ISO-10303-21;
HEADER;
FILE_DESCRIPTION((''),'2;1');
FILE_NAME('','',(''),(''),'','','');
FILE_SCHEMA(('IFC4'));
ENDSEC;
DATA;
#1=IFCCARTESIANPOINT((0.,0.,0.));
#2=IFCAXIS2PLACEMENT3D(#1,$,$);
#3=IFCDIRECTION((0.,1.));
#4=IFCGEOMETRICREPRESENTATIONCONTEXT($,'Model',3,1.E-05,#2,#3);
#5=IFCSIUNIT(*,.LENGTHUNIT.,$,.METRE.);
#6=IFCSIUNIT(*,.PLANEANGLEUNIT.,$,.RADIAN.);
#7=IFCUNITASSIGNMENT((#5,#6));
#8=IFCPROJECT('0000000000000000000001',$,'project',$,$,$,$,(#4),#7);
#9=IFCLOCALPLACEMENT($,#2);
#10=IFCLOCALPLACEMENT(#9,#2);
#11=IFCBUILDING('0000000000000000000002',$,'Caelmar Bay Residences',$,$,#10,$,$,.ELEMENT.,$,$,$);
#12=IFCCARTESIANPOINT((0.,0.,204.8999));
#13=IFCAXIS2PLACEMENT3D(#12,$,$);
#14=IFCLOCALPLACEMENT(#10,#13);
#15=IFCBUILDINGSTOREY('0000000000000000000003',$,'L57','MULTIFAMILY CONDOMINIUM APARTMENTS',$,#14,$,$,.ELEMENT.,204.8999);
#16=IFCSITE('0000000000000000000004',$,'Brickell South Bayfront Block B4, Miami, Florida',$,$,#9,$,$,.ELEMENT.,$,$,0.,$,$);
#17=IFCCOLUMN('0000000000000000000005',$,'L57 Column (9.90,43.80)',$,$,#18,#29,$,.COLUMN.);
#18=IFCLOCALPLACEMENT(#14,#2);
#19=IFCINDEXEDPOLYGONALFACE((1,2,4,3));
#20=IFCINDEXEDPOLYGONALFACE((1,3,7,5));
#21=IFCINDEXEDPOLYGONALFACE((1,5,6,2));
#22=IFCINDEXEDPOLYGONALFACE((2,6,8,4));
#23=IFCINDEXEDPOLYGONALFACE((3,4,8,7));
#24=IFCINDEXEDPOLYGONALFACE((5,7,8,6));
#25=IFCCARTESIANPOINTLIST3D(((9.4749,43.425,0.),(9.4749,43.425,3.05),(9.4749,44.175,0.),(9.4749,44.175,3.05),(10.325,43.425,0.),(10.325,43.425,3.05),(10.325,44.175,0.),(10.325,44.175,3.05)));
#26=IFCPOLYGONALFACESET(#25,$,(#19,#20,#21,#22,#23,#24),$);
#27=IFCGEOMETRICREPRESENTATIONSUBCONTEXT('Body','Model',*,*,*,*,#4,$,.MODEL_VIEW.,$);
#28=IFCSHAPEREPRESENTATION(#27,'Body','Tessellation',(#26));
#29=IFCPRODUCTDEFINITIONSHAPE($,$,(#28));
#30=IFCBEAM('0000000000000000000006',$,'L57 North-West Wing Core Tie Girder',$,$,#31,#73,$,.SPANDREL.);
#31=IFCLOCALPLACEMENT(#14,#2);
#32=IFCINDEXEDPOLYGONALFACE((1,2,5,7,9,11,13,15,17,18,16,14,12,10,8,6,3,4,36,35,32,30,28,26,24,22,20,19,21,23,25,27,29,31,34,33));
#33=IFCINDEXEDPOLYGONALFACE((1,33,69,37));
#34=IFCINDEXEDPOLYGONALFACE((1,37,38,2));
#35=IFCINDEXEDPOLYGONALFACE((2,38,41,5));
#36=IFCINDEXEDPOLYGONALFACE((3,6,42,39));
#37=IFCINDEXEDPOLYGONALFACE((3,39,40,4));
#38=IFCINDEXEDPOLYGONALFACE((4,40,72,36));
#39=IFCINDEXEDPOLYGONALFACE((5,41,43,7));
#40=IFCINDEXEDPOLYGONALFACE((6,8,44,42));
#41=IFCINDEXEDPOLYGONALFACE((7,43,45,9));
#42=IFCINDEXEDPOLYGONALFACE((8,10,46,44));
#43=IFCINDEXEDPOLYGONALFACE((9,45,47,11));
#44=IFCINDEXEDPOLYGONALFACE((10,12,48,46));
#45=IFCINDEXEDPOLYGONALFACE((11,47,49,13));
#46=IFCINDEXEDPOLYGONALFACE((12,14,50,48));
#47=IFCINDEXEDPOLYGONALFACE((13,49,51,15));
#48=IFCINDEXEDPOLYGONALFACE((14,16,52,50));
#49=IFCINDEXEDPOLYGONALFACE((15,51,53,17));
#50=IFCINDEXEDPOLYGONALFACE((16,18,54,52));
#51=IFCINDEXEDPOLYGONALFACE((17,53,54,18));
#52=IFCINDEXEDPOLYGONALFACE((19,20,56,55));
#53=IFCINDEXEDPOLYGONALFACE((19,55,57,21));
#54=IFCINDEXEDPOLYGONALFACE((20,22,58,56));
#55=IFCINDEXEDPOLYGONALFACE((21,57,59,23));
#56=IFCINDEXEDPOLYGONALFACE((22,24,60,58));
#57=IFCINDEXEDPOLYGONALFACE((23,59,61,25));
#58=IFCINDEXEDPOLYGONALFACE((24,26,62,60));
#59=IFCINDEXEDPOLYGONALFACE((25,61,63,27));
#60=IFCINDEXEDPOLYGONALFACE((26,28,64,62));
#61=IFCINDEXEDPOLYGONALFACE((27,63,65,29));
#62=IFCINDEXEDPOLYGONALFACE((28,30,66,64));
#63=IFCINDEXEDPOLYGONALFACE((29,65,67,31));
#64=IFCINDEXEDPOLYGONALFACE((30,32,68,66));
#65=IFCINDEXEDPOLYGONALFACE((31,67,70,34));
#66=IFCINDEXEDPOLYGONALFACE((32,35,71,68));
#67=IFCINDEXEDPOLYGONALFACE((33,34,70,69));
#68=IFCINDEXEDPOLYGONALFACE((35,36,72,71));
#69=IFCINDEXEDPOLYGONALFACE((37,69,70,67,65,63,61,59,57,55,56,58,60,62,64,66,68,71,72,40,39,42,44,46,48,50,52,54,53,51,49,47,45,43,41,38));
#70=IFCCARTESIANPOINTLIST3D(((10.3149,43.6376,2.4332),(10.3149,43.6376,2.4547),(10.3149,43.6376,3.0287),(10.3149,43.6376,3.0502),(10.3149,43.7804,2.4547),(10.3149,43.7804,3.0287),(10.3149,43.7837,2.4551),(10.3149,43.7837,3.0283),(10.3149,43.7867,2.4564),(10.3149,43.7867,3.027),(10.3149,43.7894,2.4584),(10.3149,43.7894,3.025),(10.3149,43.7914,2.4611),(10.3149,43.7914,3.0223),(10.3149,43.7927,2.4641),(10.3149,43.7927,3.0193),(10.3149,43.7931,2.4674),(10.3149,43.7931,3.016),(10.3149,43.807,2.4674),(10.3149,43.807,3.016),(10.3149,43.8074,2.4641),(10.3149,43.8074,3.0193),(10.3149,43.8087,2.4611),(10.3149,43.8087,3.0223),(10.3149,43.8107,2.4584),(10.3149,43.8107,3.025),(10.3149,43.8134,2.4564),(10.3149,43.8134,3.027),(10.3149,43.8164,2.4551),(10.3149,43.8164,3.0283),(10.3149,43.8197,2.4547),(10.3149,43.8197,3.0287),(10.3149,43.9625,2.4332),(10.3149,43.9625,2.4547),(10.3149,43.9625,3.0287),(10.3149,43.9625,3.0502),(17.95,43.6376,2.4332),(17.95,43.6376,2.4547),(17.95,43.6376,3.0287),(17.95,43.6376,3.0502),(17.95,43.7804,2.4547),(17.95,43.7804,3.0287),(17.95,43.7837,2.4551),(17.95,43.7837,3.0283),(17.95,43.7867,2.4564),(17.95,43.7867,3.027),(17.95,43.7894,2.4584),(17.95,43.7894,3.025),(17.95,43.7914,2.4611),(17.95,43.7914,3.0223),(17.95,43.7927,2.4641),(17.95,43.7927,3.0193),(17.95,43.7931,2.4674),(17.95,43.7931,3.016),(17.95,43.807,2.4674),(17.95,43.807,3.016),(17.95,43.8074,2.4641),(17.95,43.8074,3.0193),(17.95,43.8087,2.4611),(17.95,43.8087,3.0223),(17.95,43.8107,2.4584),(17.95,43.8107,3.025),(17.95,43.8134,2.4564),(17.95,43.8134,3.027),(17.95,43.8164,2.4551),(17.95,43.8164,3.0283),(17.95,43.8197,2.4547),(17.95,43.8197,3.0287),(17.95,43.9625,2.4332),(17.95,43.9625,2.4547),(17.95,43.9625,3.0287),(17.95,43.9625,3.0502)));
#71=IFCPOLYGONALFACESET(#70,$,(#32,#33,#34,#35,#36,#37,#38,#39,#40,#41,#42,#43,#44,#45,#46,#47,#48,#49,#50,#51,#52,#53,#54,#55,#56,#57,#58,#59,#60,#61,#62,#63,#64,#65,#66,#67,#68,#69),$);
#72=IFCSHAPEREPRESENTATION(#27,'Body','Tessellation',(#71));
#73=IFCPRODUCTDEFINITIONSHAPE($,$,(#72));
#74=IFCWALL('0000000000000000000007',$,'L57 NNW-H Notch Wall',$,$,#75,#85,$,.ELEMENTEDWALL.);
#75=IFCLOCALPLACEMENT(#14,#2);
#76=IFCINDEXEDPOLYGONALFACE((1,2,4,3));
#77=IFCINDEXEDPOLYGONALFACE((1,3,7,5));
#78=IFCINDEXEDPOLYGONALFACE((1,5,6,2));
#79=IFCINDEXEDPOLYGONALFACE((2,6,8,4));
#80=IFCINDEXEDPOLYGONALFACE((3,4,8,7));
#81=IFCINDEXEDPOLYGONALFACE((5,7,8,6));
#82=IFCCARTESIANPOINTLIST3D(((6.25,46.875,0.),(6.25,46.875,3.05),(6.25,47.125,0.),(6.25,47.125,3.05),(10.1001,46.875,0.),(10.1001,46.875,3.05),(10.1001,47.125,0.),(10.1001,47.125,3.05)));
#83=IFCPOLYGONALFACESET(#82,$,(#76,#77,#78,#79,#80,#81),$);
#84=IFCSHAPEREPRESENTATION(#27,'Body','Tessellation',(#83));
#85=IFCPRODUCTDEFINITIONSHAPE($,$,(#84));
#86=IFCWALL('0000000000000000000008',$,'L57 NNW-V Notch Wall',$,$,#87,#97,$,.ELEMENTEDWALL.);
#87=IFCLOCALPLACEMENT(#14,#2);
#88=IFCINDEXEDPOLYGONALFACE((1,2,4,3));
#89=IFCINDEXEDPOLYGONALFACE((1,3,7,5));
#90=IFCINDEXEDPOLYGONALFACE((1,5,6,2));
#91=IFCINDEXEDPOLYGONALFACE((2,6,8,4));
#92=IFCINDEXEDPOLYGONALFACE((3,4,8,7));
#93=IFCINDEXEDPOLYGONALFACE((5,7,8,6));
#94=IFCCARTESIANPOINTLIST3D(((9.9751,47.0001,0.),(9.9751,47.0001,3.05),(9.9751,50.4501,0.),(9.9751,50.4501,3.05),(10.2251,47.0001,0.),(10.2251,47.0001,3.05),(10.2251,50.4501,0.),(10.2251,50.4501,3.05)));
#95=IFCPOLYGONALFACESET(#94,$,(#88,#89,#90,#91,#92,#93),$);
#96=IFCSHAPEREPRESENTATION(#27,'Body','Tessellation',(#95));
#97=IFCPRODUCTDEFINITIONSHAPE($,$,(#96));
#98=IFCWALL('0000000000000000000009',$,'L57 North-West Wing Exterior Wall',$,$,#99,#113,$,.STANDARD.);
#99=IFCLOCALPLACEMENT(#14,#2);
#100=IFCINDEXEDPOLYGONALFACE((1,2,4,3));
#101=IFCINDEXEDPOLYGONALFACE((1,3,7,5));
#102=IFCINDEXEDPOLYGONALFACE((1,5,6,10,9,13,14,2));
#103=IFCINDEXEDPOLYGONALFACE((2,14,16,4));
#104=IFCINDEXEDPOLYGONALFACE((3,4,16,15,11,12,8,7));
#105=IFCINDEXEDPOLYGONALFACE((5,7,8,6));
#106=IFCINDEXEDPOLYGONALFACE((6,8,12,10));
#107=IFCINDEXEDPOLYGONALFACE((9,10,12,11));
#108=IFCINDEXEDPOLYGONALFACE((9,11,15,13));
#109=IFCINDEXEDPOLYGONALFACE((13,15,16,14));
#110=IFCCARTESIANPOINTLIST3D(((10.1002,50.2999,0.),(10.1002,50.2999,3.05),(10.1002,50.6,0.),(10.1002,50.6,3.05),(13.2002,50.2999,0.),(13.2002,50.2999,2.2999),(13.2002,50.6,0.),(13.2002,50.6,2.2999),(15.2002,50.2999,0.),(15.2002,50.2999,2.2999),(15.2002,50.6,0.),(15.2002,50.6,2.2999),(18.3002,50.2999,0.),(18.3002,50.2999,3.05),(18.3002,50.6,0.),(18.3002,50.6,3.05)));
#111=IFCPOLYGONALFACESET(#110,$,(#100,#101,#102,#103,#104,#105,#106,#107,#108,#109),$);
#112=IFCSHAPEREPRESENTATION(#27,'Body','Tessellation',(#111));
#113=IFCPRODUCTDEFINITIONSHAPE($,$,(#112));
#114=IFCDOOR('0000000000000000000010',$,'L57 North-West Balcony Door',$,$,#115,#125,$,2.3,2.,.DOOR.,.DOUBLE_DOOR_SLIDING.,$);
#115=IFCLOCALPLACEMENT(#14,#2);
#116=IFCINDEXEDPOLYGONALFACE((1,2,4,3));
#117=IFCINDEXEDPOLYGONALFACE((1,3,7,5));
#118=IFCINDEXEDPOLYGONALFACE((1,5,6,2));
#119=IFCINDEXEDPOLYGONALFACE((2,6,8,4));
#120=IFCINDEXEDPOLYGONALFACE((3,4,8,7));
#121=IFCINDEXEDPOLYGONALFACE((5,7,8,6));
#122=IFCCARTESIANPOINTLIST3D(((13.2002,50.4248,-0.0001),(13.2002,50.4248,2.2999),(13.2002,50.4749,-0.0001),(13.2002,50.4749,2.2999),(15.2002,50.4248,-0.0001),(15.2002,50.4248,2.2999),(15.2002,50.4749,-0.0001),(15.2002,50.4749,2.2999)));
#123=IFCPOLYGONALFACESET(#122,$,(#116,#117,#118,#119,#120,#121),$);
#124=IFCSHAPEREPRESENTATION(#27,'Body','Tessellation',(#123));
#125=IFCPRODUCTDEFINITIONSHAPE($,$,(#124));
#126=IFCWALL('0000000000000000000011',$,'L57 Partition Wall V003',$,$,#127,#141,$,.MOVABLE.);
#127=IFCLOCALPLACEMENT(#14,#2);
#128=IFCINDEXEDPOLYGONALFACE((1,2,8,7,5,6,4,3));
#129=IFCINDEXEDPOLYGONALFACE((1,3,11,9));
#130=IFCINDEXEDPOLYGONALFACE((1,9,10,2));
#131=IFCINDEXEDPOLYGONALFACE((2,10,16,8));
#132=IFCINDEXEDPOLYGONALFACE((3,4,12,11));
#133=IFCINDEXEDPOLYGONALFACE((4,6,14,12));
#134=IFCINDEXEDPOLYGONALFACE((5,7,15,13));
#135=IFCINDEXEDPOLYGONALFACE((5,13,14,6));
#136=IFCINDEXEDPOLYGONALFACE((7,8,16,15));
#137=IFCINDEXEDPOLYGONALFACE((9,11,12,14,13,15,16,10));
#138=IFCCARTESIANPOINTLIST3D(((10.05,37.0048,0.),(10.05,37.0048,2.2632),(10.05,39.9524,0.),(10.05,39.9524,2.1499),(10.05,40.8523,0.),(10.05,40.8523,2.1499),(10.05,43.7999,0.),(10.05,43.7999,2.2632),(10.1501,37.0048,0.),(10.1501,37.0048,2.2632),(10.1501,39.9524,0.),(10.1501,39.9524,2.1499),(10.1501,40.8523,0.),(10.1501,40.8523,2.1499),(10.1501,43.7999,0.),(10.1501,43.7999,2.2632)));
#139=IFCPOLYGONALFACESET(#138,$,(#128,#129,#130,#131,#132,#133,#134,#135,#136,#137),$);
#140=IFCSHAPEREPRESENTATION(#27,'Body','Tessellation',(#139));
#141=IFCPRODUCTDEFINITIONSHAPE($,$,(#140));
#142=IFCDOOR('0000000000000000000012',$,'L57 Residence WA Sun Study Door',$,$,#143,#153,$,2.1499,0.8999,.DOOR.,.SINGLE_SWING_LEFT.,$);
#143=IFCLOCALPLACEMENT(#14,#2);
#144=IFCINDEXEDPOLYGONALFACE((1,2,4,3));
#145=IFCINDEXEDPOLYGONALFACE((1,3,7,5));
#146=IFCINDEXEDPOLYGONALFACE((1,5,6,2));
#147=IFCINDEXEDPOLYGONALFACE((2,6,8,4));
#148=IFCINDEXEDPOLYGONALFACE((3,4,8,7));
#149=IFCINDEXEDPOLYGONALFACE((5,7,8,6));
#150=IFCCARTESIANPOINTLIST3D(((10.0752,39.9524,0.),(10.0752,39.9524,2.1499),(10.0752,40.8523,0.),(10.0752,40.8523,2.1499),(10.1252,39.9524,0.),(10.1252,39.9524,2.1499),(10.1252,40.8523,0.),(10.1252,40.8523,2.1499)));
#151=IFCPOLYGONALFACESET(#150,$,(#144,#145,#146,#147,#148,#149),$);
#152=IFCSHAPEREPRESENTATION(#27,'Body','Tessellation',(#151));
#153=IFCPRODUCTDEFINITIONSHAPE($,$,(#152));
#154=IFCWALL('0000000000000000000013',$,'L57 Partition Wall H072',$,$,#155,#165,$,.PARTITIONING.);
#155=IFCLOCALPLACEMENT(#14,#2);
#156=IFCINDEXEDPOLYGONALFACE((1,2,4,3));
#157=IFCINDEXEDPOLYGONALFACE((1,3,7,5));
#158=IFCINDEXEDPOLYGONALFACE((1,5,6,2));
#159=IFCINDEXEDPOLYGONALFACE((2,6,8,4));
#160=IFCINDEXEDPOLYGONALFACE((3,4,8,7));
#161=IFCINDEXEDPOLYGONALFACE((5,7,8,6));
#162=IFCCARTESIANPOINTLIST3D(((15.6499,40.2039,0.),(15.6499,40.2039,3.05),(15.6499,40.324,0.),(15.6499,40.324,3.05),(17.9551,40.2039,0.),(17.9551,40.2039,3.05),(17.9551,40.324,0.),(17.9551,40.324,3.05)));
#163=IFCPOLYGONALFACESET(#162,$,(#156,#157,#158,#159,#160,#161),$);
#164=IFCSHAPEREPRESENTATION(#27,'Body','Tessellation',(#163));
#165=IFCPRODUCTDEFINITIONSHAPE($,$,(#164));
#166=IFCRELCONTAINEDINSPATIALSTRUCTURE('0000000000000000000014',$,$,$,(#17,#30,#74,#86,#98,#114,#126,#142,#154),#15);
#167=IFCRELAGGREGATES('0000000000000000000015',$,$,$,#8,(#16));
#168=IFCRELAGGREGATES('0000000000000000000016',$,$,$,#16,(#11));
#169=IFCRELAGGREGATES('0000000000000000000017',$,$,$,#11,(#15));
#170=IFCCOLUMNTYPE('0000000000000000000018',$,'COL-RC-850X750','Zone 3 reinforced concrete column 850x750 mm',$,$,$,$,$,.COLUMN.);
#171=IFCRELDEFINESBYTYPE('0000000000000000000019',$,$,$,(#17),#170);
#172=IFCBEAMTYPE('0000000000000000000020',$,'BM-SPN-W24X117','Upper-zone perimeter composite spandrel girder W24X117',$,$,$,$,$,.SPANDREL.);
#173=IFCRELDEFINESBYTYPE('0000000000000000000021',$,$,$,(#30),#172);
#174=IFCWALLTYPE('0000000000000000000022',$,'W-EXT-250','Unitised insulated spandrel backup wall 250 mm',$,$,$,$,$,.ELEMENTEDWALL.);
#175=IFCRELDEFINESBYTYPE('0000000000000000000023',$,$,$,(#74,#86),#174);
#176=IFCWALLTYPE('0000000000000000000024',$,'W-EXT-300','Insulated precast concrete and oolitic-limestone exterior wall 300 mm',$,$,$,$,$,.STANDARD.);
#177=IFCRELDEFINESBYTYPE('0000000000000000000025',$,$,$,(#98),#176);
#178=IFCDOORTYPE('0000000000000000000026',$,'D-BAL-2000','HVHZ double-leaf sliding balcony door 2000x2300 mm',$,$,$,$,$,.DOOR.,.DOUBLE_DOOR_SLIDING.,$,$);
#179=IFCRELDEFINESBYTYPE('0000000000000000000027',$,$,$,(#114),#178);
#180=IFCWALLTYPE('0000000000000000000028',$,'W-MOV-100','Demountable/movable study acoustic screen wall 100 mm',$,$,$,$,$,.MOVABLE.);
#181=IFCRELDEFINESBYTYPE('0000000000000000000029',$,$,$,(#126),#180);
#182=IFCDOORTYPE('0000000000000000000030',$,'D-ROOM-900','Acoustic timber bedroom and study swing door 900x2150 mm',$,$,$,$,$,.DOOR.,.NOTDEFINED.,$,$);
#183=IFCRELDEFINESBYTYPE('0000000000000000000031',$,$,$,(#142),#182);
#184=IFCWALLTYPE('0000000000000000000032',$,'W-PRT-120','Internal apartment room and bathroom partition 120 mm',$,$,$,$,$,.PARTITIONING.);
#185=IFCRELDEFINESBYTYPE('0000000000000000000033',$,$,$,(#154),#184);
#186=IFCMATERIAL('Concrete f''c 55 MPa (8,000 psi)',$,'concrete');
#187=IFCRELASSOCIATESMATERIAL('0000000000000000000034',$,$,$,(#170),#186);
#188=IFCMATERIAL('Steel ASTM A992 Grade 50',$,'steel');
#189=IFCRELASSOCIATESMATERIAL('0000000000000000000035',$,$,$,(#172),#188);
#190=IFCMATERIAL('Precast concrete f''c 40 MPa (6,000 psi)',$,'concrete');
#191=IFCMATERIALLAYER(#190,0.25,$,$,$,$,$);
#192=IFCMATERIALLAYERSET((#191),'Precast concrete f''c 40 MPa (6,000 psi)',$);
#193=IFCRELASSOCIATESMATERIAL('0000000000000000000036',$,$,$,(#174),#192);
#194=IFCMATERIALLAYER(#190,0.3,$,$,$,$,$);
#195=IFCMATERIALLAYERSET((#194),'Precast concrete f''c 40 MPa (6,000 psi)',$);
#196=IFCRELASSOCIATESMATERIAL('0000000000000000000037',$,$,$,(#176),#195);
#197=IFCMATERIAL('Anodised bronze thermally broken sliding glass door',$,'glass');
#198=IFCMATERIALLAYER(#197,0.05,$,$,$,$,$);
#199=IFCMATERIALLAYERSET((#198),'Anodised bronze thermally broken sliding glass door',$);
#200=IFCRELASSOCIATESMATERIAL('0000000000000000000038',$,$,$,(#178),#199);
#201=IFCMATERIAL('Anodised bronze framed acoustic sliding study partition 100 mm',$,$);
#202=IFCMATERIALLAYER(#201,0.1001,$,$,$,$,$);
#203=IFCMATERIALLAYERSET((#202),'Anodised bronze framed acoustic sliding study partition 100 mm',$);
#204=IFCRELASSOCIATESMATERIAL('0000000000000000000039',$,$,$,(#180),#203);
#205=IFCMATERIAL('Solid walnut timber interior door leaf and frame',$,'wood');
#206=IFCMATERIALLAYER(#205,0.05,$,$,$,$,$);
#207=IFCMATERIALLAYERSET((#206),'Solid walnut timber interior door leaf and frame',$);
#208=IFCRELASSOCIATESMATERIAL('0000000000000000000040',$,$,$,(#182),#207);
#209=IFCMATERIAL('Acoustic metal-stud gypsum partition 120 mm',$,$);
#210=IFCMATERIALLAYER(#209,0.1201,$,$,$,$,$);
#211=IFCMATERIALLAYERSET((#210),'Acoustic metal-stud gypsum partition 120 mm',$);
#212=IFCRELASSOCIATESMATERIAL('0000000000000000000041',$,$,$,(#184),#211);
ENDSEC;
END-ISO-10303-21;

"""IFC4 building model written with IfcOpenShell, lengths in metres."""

from ifc_helpers import new_model, si_unit, direction, frame, frame_2d, origin, origin_2d, place, context, subcontext, project, spatial, rectangle, i_section, extrude, material, layer, layer_set, material_profile, profile_set, type_object, element, fill, save


model = new_model("IFC4")

# Units and contexts
model_context = context("Model", 3, precision=1e-05, world=origin(), true_north=direction((0.0, 1.0)))
body_context = subcontext(model_context, "Body", "Model", "MODEL_VIEW")
ifc_project = project(units=[si_unit("LENGTHUNIT", "METRE"), si_unit("PLANEANGLEUNIT", "RADIAN")], contexts=[model_context])

# Site, building, storey
site_placement = place(None, origin())
site = spatial("IfcSite", under=ifc_project, at=site_placement, Name="Brickell South Bayfront Block B4, Miami, Florida", CompositionType="ELEMENT", RefElevation=0.0)
building_placement = place(site_placement, origin())
building = spatial("IfcBuilding", under=site, at=building_placement, Name="Caelmar Bay Residences", CompositionType="ELEMENT")
storey_placement = place(building_placement, frame((0.0, 0.0, 204.8999)))
storey = spatial("IfcBuildingStorey", under=building, at=storey_placement, Name="L57", Description="MULTIFAMILY CONDOMINIUM APARTMENTS", CompositionType="ELEMENT", Elevation=204.8999)

# Column
ifc_material_1 = material(Name="Concrete f'c 55 MPa (8,000 psi)", Category="concrete")
ifc_material_profile_1 = material_profile(ifc_material_1, rectangle(XDim=0.8501, YDim=0.75, at=origin_2d()), Name="RC-COL-850X750")
ifc_profile_set_1 = profile_set([ifc_material_profile_1], Name="Concrete f'c 55 MPa (8,000 psi)")
column_type = type_object("IfcColumnType", Name="COL-RC-850X750", Description="Zone 3 reinforced concrete column 850x750 mm", PredefinedType="COLUMN", material=ifc_profile_set_1)
column_placement = place(storey_placement, frame((9.8999, 43.8, 0.0), z_axis=(0.0, 0.0, 1.0), x_axis=(1.0, 0.0, 0.0)))
element("IfcColumn", 1, at=column_placement, inside=storey, type_object=column_type, Name="L57 Column (9.90,43.80)", PredefinedType="COLUMN", context=body_context, shape_type="SweptSolid", body=[
    extrude(rectangle(XDim=0.8501, YDim=0.75, at=origin_2d()), origin(), (0.0, 0.0, 1.0), 3.05),
])

# Beam
ifc_material_2 = material(Name="Steel ASTM A992 Grade 50", Category="steel")
ifc_material_profile_2 = material_profile(ifc_material_2, i_section(OverallWidth=0.325, OverallDepth=0.6169, WebThickness=0.0139, FlangeThickness=0.0215, FilletRadius=0.0127, at=origin_2d()), Name="W24X117")
ifc_profile_set_2 = profile_set([ifc_material_profile_2], Name="Steel ASTM A992 Grade 50")
beam_type = type_object("IfcBeamType", Name="BM-SPN-W24X117", Description="Upper-zone perimeter composite spandrel girder W24X117", PredefinedType="SPANDREL", material=ifc_profile_set_2)
beam_placement = place(storey_placement, frame((10.3149, 43.8, 2.7417), z_axis=(1.0, 0.0, 0.0), x_axis=(0.0, 1.0, 0.0)))
element("IfcBeam", 2, at=beam_placement, inside=storey, type_object=beam_type, Name="L57 North-West Wing Core Tie Girder", PredefinedType="SPANDREL", context=body_context, shape_type="SweptSolid", body=[
    extrude(i_section(OverallWidth=0.325, OverallDepth=0.6169, WebThickness=0.0139, FlangeThickness=0.0215, FilletRadius=0.0127, at=origin_2d()), origin(), (0.0, 0.0, 1.0), 7.635),
])

# Walls
ifc_material_3 = material(Name="Precast concrete f'c 40 MPa (6,000 psi)", Category="concrete")
ifc_layer_1 = layer(ifc_material_3, 0.25)
ifc_layer_set_1 = layer_set([ifc_layer_1], Name="Precast concrete f'c 40 MPa (6,000 psi)")
wall_type_1 = type_object("IfcWallType", Name="W-EXT-250", Description="Unitised insulated spandrel backup wall 250 mm", PredefinedType="ELEMENTEDWALL", material=ifc_layer_set_1)
wall_1_placement = place(storey_placement, frame((6.25, 47.0, 0.0), z_axis=(0.0, 0.0, 1.0), x_axis=(1.0, 0.0, 0.0)))
element("IfcWall", 3, at=wall_1_placement, inside=storey, type_object=wall_type_1, Name="L57 NNW-H Notch Wall", PredefinedType="ELEMENTEDWALL", context=body_context, shape_type="SweptSolid", body=[
    extrude(rectangle(XDim=3.8501, YDim=0.25, at=frame_2d((1.925, 0.0))), origin(), (0.0, 0.0, 1.0), 3.05),
])
wall_2_placement = place(storey_placement, frame((10.1001, 47.0, 0.0), z_axis=(0.0, 0.0, 1.0), x_axis=(0.0, 1.0, 0.0)))
element("IfcWall", 4, at=wall_2_placement, inside=storey, type_object=wall_type_1, Name="L57 NNW-V Notch Wall", PredefinedType="ELEMENTEDWALL", context=body_context, shape_type="SweptSolid", body=[
    extrude(rectangle(XDim=3.45, YDim=0.25, at=frame_2d((1.7251, 0.0))), origin(), (0.0, 0.0, 1.0), 3.05),
])

# Walls, openings, doors
ifc_layer_2 = layer(ifc_material_3, 0.3)
ifc_layer_set_2 = layer_set([ifc_layer_2], Name="Precast concrete f'c 40 MPa (6,000 psi)")
wall_type_2 = type_object("IfcWallType", Name="W-EXT-300", Description="Insulated precast concrete and oolitic-limestone exterior wall 300 mm", PredefinedType="STANDARD", material=ifc_layer_set_2)
wall_3_placement = place(storey_placement, frame((10.1001, 50.45, 0.0), z_axis=(0.0, 0.0, 1.0), x_axis=(1.0, 0.0, 0.0)))
wall_3 = element("IfcWall", 5, at=wall_3_placement, inside=storey, type_object=wall_type_2, Name="L57 North-West Wing Exterior Wall", PredefinedType="STANDARD", context=body_context, shape_type="SweptSolid", body=[
    extrude(rectangle(XDim=8.2, YDim=0.3, at=frame_2d((4.1001, 0.0))), origin(), (0.0, 0.0, 1.0), 3.05),
])
opening_1_placement = place(wall_3_placement, frame((3.1001, 0.0, 0.0)))
opening_1 = element("IfcOpeningElement", 6, at=opening_1_placement, cuts=wall_3, PredefinedType="OPENING", context=body_context, shape_type="SweptSolid", body=[
    extrude(rectangle(XDim=2.0, YDim=2.3, at=frame_2d((1.0, 1.1499))), frame((0.0, 0.1599, 0.0), z_axis=(0.0, -1.0, 0.0), x_axis=(1.0, 0.0, 0.0)), (0.0, 0.0, 1.0), 0.3201),
])
ifc_material_4 = material(Name="Anodised bronze thermally broken sliding glass door", Category="glass")
ifc_layer_3 = layer(ifc_material_4, 0.05)
ifc_layer_set_3 = layer_set([ifc_layer_3], Name="Anodised bronze thermally broken sliding glass door")
door_type_1 = type_object("IfcDoorType", Name="D-BAL-2000", Description="HVHZ double-leaf sliding balcony door 2000x2300 mm", OperationType="DOUBLE_DOOR_SLIDING", PredefinedType="DOOR", material=ifc_layer_set_3)
door_1_placement = place(opening_1_placement, origin())
door_1 = element("IfcDoor", 7, at=door_1_placement, inside=storey, type_object=door_type_1, Name="L57 North-West Balcony Door", OperationType="DOUBLE_DOOR_SLIDING", OverallHeight=2.3, OverallWidth=2.0, PredefinedType="DOOR", context=body_context, shape_type="SweptSolid", body=[
    extrude(rectangle(XDim=2.0, YDim=2.3, at=frame_2d((1.0, 1.1499))), frame((0.0, 0.0249, 0.0), z_axis=(0.0, -1.0, 0.0), x_axis=(1.0, 0.0, 0.0)), (0.0, 0.0, 1.0), 0.05),
])
fill(opening_1, door_1)
ifc_material_5 = material(Name="Anodised bronze framed acoustic sliding study partition 100 mm")
ifc_layer_4 = layer(ifc_material_5, 0.1001)
ifc_layer_set_4 = layer_set([ifc_layer_4], Name="Anodised bronze framed acoustic sliding study partition 100 mm")
wall_type_3 = type_object("IfcWallType", Name="W-MOV-100", Description="Demountable/movable study acoustic screen wall 100 mm", PredefinedType="MOVABLE", material=ifc_layer_set_4)
wall_4_placement = place(storey_placement, frame((10.1001, 37.0049, 0.0), z_axis=(0.0, 0.0, 1.0), x_axis=(0.0, 1.0, 0.0)))
wall_4 = element("IfcWall", 8, at=wall_4_placement, inside=storey, type_object=wall_type_3, Name="L57 Partition Wall V003", PredefinedType="MOVABLE", context=body_context, shape_type="SweptSolid", body=[
    extrude(rectangle(XDim=6.7952, YDim=0.1001, at=frame_2d((3.3975, 0.0))), origin(), (0.0, 0.0, 1.0), 2.2632),
])
opening_2_placement = place(wall_4_placement, frame((2.9475, 0.0, 0.0)))
opening_2 = element("IfcOpeningElement", 9, at=opening_2_placement, cuts=wall_4, PredefinedType="OPENING", context=body_context, shape_type="SweptSolid", body=[
    extrude(rectangle(XDim=0.8999, YDim=2.1499, at=frame_2d((0.45, 1.075))), frame((0.0, 0.0601, 0.0), z_axis=(0.0, -1.0, 0.0), x_axis=(1.0, 0.0, 0.0)), (0.0, 0.0, 1.0), 0.1201),
])
ifc_material_6 = material(Name="Solid walnut timber interior door leaf and frame", Category="wood")
ifc_layer_5 = layer(ifc_material_6, 0.05)
ifc_layer_set_5 = layer_set([ifc_layer_5], Name="Solid walnut timber interior door leaf and frame")
door_type_2 = type_object("IfcDoorType", Name="D-ROOM-900", Description="Acoustic timber bedroom and study swing door 900x2150 mm", OperationType="NOTDEFINED", PredefinedType="DOOR", material=ifc_layer_set_5)
door_2_placement = place(opening_2_placement, origin())
door_2 = element("IfcDoor", 10, at=door_2_placement, inside=storey, type_object=door_type_2, Name="L57 Residence WA Sun Study Door", OperationType="SINGLE_SWING_LEFT", OverallHeight=2.1499, OverallWidth=0.8999, PredefinedType="DOOR", context=body_context, shape_type="SweptSolid", body=[
    extrude(rectangle(XDim=0.8999, YDim=2.1499, at=frame_2d((0.45, 1.075))), frame((0.0, 0.0249, 0.0), z_axis=(0.0, -1.0, 0.0), x_axis=(1.0, 0.0, 0.0)), (0.0, 0.0, 1.0), 0.05),
])
fill(opening_2, door_2)
ifc_material_7 = material(Name="Acoustic metal-stud gypsum partition 120 mm")
ifc_layer_6 = layer(ifc_material_7, 0.1201)
ifc_layer_set_6 = layer_set([ifc_layer_6], Name="Acoustic metal-stud gypsum partition 120 mm")
wall_type_4 = type_object("IfcWallType", Name="W-PRT-120", Description="Internal apartment room and bathroom partition 120 mm", PredefinedType="PARTITIONING", material=ifc_layer_set_6)

# Wall
wall_5_placement = place(storey_placement, frame((15.6499, 40.2639, 0.0), z_axis=(0.0, 0.0, 1.0), x_axis=(1.0, 0.0, 0.0)))
element("IfcWall", 11, at=wall_5_placement, inside=storey, type_object=wall_type_4, Name="L57 Partition Wall H072", PredefinedType="PARTITIONING", context=body_context, shape_type="SweptSolid", body=[
    extrude(rectangle(XDim=2.3052, YDim=0.1201, at=frame_2d((1.1526, 0.0))), origin(), (0.0, 0.0, 1.0), 3.05),
])

save(model, "model.ifc")
